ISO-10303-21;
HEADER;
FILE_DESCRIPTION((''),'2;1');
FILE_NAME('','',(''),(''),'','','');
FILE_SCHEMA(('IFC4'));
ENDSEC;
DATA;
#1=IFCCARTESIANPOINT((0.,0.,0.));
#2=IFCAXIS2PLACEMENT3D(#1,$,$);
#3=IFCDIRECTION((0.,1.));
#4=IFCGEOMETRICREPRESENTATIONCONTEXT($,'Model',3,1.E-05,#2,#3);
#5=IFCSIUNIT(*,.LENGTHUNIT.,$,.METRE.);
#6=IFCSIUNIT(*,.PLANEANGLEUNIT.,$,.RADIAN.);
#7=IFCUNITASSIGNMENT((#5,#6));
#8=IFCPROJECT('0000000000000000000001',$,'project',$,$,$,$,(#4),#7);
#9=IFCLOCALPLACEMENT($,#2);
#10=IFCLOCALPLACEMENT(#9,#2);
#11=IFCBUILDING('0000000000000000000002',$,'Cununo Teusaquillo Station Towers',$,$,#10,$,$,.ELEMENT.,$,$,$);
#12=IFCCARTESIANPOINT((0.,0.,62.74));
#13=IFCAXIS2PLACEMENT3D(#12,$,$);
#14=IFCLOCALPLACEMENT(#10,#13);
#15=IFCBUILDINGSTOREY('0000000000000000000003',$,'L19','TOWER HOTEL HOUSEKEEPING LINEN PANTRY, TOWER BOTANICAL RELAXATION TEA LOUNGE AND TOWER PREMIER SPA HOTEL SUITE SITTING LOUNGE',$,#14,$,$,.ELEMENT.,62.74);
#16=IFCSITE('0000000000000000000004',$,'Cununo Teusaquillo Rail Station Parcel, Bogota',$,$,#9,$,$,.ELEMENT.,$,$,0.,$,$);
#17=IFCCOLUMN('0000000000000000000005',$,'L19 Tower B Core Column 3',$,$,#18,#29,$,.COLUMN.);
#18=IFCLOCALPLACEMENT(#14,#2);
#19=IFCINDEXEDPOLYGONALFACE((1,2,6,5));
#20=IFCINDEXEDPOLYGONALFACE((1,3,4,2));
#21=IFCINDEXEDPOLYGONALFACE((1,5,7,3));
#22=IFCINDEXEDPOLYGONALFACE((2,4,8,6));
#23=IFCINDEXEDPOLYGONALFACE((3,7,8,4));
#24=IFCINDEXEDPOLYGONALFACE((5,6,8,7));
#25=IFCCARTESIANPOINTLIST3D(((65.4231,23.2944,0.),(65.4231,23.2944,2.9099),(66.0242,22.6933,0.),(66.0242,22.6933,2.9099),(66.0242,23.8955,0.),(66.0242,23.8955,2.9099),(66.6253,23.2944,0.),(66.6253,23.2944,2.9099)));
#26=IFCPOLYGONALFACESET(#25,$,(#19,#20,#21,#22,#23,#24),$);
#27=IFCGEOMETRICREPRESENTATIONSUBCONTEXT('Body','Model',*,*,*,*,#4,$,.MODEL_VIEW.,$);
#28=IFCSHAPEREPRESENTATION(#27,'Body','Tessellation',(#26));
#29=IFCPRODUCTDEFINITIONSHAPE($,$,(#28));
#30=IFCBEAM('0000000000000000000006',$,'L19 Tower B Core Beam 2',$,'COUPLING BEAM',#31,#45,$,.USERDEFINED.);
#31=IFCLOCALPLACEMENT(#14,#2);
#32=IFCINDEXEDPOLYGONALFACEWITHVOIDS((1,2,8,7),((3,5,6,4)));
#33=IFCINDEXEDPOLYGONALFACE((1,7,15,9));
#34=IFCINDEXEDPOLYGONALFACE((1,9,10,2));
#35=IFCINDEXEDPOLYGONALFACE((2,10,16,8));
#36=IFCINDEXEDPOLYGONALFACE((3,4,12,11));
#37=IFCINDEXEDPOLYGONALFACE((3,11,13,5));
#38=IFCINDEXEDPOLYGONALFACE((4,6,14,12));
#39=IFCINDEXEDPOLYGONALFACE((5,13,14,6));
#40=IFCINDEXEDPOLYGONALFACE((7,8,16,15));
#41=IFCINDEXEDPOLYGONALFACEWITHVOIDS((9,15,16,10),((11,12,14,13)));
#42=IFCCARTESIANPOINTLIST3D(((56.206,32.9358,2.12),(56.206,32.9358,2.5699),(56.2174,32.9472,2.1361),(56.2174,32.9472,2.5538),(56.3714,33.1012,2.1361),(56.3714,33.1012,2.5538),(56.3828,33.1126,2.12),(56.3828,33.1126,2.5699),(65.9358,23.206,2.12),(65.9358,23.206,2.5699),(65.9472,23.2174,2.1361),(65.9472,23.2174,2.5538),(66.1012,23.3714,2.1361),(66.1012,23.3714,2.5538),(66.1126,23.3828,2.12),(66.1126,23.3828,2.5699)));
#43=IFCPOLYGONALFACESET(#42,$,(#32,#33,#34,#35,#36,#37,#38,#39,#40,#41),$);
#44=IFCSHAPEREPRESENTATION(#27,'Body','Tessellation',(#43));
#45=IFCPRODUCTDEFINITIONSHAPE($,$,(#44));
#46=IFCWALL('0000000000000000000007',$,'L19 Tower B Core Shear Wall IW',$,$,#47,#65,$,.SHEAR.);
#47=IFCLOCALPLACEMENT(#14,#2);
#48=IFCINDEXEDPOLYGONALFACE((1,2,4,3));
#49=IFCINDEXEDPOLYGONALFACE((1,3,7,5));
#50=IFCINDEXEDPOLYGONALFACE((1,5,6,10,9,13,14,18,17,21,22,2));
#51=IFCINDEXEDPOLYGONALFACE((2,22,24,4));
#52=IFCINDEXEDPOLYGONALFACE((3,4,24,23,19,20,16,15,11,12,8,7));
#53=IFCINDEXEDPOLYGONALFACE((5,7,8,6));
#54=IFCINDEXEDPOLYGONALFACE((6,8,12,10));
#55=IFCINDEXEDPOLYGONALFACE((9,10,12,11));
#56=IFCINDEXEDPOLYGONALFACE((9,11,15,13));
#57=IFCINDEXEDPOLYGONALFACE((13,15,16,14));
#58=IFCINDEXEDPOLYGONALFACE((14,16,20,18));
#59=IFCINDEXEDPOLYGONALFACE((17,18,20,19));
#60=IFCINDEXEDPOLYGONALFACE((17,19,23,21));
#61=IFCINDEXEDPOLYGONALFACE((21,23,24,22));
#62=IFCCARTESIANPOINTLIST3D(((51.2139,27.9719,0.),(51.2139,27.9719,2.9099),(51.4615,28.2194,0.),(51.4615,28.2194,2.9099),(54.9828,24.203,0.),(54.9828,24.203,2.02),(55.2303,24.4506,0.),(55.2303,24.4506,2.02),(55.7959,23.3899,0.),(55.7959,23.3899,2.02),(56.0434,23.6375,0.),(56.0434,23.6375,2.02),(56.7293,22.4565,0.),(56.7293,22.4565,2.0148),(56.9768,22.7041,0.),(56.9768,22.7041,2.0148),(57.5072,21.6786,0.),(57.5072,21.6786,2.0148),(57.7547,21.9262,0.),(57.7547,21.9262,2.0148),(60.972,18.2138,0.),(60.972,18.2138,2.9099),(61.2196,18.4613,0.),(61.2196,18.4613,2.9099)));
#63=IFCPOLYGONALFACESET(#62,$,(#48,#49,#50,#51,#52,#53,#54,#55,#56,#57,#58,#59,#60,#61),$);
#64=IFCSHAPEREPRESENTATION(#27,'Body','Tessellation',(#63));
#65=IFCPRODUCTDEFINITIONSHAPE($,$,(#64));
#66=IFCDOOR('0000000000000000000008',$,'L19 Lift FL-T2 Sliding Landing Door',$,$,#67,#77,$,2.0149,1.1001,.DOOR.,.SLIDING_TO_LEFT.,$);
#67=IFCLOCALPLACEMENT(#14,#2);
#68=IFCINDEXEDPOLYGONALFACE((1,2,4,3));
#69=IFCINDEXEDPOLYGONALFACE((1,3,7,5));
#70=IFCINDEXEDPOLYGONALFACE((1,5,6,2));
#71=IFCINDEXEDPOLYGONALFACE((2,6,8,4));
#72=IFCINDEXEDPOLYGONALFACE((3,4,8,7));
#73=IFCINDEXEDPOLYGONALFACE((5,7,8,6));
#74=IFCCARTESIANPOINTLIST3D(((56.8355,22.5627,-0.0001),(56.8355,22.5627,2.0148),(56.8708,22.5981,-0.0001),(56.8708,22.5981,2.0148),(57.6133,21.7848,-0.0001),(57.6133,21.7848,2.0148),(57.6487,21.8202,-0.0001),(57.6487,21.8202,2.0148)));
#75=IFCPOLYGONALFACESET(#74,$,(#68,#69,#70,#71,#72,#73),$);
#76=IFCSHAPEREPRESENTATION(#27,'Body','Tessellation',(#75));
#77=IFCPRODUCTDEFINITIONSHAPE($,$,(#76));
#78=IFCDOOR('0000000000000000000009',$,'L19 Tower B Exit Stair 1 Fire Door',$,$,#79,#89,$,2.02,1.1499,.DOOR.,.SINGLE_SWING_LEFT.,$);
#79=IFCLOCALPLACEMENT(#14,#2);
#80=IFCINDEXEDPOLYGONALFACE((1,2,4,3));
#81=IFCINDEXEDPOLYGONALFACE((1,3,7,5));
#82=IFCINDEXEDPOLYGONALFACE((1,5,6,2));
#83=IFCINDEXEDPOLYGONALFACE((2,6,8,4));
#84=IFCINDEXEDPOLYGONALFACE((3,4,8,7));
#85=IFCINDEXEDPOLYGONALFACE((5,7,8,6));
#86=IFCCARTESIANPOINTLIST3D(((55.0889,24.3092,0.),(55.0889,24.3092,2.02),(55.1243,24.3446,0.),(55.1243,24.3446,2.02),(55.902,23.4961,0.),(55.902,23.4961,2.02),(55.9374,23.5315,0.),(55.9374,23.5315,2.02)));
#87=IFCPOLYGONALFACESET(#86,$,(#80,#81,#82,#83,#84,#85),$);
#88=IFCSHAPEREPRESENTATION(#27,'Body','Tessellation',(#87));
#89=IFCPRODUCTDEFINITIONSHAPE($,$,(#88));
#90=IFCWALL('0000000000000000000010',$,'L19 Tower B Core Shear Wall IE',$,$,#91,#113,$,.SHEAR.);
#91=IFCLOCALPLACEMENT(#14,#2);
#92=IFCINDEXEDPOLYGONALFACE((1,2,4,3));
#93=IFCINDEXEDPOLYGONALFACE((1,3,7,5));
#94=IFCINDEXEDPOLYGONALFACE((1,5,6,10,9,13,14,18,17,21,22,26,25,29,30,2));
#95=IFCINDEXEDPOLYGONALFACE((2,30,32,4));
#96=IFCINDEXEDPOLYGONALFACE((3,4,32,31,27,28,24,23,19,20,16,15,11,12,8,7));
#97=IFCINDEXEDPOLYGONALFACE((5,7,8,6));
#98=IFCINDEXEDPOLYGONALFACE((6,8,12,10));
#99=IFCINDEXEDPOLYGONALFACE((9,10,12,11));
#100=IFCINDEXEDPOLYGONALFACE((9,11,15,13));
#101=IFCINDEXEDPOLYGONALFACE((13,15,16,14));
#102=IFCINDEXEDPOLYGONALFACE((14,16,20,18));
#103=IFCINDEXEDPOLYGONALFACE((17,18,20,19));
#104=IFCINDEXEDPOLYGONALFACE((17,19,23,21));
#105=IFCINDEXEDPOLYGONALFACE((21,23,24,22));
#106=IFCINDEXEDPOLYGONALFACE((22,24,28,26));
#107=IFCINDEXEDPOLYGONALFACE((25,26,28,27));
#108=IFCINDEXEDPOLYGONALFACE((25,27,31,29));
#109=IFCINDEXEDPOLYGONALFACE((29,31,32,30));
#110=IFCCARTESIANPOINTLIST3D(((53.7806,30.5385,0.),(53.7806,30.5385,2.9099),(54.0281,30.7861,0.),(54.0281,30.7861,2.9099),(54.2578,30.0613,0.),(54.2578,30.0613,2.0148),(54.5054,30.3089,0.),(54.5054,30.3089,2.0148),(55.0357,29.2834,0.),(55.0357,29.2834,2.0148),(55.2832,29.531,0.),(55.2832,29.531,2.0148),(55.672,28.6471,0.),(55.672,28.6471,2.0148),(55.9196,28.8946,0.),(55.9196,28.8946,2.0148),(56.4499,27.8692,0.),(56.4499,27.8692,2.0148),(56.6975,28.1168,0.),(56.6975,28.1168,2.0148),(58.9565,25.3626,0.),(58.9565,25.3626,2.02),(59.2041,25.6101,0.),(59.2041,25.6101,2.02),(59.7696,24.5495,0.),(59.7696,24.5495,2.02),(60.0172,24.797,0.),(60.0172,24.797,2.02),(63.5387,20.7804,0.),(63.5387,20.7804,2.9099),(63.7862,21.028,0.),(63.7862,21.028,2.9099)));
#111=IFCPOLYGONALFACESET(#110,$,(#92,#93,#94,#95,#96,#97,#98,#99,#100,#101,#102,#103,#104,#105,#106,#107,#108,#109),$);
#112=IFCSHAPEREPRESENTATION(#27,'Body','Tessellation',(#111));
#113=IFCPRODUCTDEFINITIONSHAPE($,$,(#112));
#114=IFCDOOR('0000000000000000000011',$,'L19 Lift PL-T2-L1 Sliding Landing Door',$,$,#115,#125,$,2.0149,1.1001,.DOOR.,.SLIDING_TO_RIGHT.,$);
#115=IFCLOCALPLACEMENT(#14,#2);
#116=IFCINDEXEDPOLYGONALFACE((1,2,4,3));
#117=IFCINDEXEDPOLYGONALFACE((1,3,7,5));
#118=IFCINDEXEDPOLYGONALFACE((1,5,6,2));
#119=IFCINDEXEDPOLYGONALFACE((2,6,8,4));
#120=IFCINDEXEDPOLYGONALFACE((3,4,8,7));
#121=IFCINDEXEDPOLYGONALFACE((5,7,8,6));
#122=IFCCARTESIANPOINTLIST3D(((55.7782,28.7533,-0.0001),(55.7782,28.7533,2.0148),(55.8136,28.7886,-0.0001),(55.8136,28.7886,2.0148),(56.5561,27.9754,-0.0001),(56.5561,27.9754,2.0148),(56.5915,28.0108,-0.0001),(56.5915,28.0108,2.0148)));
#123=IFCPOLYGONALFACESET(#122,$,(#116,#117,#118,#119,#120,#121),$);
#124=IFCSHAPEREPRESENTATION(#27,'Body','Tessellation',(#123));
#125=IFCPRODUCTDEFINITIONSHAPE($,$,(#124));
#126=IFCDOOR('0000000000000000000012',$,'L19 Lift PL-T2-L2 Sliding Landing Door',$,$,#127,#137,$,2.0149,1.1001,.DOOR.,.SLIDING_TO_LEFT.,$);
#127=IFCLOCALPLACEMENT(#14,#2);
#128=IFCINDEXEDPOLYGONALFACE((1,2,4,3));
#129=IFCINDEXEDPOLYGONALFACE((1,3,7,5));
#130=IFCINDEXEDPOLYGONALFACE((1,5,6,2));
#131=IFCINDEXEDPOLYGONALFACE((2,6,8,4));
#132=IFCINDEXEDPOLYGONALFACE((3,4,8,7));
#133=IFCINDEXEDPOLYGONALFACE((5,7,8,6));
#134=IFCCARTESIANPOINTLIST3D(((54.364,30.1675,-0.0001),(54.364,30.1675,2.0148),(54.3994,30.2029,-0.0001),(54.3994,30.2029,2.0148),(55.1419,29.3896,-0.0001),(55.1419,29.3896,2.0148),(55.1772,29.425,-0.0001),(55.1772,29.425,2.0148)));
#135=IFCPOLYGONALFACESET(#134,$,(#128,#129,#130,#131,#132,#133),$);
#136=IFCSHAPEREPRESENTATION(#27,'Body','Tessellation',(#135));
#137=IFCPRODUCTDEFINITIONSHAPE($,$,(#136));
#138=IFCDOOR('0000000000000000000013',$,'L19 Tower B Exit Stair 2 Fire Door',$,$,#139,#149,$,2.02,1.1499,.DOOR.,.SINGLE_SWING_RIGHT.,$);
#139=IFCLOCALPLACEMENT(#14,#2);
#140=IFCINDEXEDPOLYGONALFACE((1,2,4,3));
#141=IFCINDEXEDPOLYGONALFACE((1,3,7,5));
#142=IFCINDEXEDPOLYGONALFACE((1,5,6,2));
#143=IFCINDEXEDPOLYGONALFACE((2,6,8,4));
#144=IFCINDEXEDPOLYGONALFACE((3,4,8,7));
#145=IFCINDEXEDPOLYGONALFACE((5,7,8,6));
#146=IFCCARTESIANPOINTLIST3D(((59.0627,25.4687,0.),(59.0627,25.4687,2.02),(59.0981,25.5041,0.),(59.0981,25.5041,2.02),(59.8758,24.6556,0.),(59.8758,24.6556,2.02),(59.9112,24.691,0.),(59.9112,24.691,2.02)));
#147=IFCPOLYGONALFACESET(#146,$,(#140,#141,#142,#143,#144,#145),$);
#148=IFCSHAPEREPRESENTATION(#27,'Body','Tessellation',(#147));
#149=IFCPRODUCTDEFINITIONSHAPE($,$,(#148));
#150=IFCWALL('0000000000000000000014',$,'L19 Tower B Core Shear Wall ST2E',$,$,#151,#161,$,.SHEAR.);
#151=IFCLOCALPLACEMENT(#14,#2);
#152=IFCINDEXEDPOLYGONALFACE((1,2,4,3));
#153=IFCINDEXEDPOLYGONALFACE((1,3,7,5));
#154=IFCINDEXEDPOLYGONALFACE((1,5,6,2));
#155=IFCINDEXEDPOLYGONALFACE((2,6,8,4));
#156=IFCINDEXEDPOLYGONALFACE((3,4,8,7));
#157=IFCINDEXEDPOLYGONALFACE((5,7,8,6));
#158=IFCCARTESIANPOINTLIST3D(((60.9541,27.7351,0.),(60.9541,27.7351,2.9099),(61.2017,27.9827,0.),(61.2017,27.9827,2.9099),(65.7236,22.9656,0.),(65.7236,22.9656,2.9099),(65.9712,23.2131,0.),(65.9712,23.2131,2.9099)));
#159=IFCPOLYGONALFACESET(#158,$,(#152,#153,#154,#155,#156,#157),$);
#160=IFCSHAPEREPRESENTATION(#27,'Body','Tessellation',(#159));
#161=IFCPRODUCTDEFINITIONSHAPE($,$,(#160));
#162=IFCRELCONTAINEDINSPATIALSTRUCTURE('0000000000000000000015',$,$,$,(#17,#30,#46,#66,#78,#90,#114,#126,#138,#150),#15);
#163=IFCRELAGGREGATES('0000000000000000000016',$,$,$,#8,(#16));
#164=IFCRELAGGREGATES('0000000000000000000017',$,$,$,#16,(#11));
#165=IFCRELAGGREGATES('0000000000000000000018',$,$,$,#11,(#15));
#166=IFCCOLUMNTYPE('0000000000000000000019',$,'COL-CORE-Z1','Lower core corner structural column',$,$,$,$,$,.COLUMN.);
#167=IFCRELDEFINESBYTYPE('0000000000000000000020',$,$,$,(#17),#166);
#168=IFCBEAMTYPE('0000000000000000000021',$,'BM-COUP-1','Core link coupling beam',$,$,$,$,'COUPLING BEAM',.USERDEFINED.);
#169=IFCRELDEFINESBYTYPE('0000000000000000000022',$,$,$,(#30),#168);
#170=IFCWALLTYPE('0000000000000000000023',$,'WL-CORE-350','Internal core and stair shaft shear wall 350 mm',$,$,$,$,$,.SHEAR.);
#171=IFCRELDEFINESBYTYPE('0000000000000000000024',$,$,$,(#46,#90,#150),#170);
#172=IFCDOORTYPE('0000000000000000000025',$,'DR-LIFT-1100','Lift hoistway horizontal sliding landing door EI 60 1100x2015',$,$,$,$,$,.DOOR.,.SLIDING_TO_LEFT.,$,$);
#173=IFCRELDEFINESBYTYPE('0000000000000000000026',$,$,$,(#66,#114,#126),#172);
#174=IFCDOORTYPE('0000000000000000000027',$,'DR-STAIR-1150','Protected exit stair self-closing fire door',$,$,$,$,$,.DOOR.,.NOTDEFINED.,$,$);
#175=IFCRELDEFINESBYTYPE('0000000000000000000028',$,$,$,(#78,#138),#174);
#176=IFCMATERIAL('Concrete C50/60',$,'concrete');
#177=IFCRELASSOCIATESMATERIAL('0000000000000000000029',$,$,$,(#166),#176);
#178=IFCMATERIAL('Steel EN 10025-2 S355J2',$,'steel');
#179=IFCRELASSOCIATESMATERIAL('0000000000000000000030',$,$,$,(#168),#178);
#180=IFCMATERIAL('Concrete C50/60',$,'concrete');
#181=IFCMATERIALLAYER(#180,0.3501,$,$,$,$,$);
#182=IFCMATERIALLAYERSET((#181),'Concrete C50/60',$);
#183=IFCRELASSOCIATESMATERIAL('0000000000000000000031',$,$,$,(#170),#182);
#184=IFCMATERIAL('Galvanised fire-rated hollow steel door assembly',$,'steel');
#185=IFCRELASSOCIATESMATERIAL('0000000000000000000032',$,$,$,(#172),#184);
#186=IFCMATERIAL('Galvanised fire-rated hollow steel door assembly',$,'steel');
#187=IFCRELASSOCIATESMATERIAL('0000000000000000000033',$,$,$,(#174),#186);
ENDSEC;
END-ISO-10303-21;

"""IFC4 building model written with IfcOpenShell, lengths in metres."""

from ifc_helpers import new_model, si_unit, direction, frame, frame_2d, origin, origin_2d, place, context, subcontext, project, spatial, rectangle, hollow_rectangle, extrude, source, transform, mapped, material, layer, layer_set, material_profile, profile_set, type_object, element, fill, save


model = new_model("IFC4")

# Units and contexts
model_context = context("Model", 3, precision=1e-05, world=origin(), true_north=direction((0.0, 1.0)))
body_context = subcontext(model_context, "Body", "Model", "MODEL_VIEW")
ifc_project = project(units=[si_unit("LENGTHUNIT", "METRE"), si_unit("PLANEANGLEUNIT", "RADIAN")], contexts=[model_context])

# Site, building, storey
site_placement = place(None, origin())
site = spatial("IfcSite", under=ifc_project, at=site_placement, Name="Cununo Teusaquillo Rail Station Parcel, Bogota", CompositionType="ELEMENT", RefElevation=0.0)
building_placement = place(site_placement, origin())
building = spatial("IfcBuilding", under=site, at=building_placement, Name="Cununo Teusaquillo Station Towers", CompositionType="ELEMENT")
storey_placement = place(building_placement, frame((0.0, 0.0, 62.74)))
storey = spatial("IfcBuildingStorey", under=building, at=storey_placement, Name="L19", Description="TOWER HOTEL HOUSEKEEPING LINEN PANTRY, TOWER BOTANICAL RELAXATION TEA LOUNGE AND TOWER PREMIER SPA HOTEL SUITE SITTING LOUNGE", CompositionType="ELEMENT", Elevation=62.74)

# Column
ifc_material_1 = material(Name="Concrete C50/60", Category="concrete")
ifc_material_profile_1 = material_profile(ifc_material_1, rectangle(XDim=0.8501, YDim=0.8501, at=origin_2d()), Name="RC-RECT-850x850")
ifc_profile_set_1 = profile_set([ifc_material_profile_1], Name="Concrete C50/60")
column_type = type_object("IfcColumnType", Name="COL-CORE-Z1", Description="Lower core corner structural column", PredefinedType="COLUMN", material=ifc_profile_set_1)
column_placement = place(storey_placement, frame((66.0242, 23.2944, 0.0), z_axis=(0.0, 0.0, 1.0), x_axis=(0.707107, 0.707107, 0.0)))
element("IfcColumn", 1, at=column_placement, inside=storey, type_object=column_type, Name="L19 Tower B Core Column 3", PredefinedType="COLUMN", context=body_context, shape_type="SweptSolid", body=[
    extrude(rectangle(XDim=0.8501, YDim=0.8501, at=origin_2d()), origin(), (0.0, 0.0, 1.0), 2.9099),
])

# Beam
ifc_material_2 = material(Name="Steel EN 10025-2 S355J2", Category="steel")
ifc_material_profile_2 = material_profile(ifc_material_2, hollow_rectangle(XDim=0.25, YDim=0.45, WallThickness=0.0161, at=origin_2d()), Name="RHS 450x250x16")
ifc_profile_set_2 = profile_set([ifc_material_profile_2], Name="Steel EN 10025-2 S355J2")
beam_type = type_object("IfcBeamType", Name="BM-COUP-1", Description="Core link coupling beam", ElementType="COUPLING BEAM", PredefinedType="USERDEFINED", material=ifc_profile_set_2)
beam_placement = place(storey_placement, frame((66.0242, 23.2944, 2.345), z_axis=(-0.707107, 0.707107, 0.0), x_axis=(-0.707107, -0.707107, 0.0)))
element("IfcBeam", 2, at=beam_placement, inside=storey, type_object=beam_type, Name="L19 Tower B Core Beam 2", ObjectType="COUPLING BEAM", PredefinedType="USERDEFINED", context=body_context, shape_type="SweptSolid", body=[
    extrude(hollow_rectangle(XDim=0.25, YDim=0.45, WallThickness=0.0161, at=origin_2d()), origin(), (0.0, 0.0, 1.0), 13.76),
])

# Walls, openings, doors
ifc_material_3 = material(Name="Concrete C50/60", Category="concrete")
ifc_layer_1 = layer(ifc_material_3, 0.3501)
ifc_layer_set_1 = layer_set([ifc_layer_1], Name="Concrete C50/60")
wall_type_1 = type_object("IfcWallType", Name="WL-CORE-350", Description="Internal core and stair shaft shear wall 350 mm", PredefinedType="SHEAR", material=ifc_layer_set_1)
wall_1_placement = place(storey_placement, frame((61.0957, 18.3376, 0.0), z_axis=(0.0, 0.0, 1.0), x_axis=(-0.707107, 0.707107, 0.0)))
wall_1 = element("IfcWall", 3, at=wall_1_placement, inside=storey, type_object=wall_type_1, Name="L19 Tower B Core Shear Wall IW", PredefinedType="SHEAR", context=body_context, shape_type="SweptSolid", body=[
    extrude(rectangle(XDim=13.8, YDim=0.3501, at=frame_2d((6.8999, 0.0))), origin(), (0.0, 0.0, 1.0), 2.9099),
])
shared_shape_1 = source(origin(), body_context, "Body", "SweptSolid", [
    extrude(rectangle(XDim=1.1001, YDim=2.0149, at=frame_2d((0.55, 1.0073))), frame((0.0, 0.1851, 0.0), z_axis=(0.0, -1.0, 0.0), x_axis=(1.0, 0.0, 0.0)), (0.0, 0.0, 1.0), 0.3701),
])
opening_1_placement = place(wall_1_placement, frame((4.8999, 0.0, 0.0)))
opening_1 = element("IfcOpeningElement", 4, at=opening_1_placement, cuts=wall_1, PredefinedType="OPENING", context=body_context, shape_type="MappedRepresentation", body=[
    mapped(shared_shape_1, transform((0.0, 0.0, 0.0), x_axis=(1.0, 0.0, 0.0), y_axis=(0.0, 1.0, 0.0), z_axis=(0.0, 0.0, 1.0), scale=1.0)),
])
shared_shape_2 = source(origin(), body_context, "Body", "SweptSolid", [
    extrude(rectangle(XDim=1.1499, YDim=2.02, at=frame_2d((0.575, 1.01))), frame((0.0, 0.1851, 0.0), z_axis=(0.0, -1.0, 0.0), x_axis=(1.0, 0.0, 0.0)), (0.0, 0.0, 1.0), 0.3701),
])
opening_2_placement = place(wall_1_placement, frame((7.3201, 0.0, 0.0)))
opening_2 = element("IfcOpeningElement", 5, at=opening_2_placement, cuts=wall_1, PredefinedType="OPENING", context=body_context, shape_type="MappedRepresentation", body=[
    mapped(shared_shape_2, transform((0.0, 0.0, 0.0), x_axis=(1.0, 0.0, 0.0), y_axis=(0.0, 1.0, 0.0), z_axis=(0.0, 0.0, 1.0), scale=1.0)),
])
ifc_material_4 = material(Name="Galvanised fire-rated hollow steel door assembly", Category="steel")
door_type_1 = type_object("IfcDoorType", Name="DR-LIFT-1100", Description="Lift hoistway horizontal sliding landing door EI 60 1100x2015", OperationType="SLIDING_TO_LEFT", PredefinedType="DOOR", material=ifc_material_4)
shared_shape_3 = source(origin(), body_context, "Body", "SweptSolid", [
    extrude(rectangle(XDim=1.1001, YDim=2.0149, at=frame_2d((0.55, 1.0073))), frame((0.0, 0.0249, 0.0), z_axis=(0.0, -1.0, 0.0), x_axis=(1.0, 0.0, 0.0)), (0.0, 0.0, 1.0), 0.05),
])
door_1_placement = place(opening_1_placement, origin())
door_1 = element("IfcDoor", 6, at=door_1_placement, inside=storey, type_object=door_type_1, Name="L19 Lift FL-T2 Sliding Landing Door", OperationType="SLIDING_TO_LEFT", OverallHeight=2.0149, OverallWidth=1.1001, PredefinedType="DOOR", context=body_context, shape_type="MappedRepresentation", body=[
    mapped(shared_shape_3, transform((0.0, 0.0, 0.0), x_axis=(1.0, 0.0, 0.0), y_axis=(0.0, 1.0, 0.0), z_axis=(0.0, 0.0, 1.0), scale=1.0)),
])
fill(opening_1, door_1)
ifc_material_5 = material(Name="Galvanised fire-rated hollow steel door assembly", Category="steel")
door_type_2 = type_object("IfcDoorType", Name="DR-STAIR-1150", Description="Protected exit stair self-closing fire door", OperationType="NOTDEFINED", PredefinedType="DOOR", material=ifc_material_5)
shared_shape_4 = source(origin(), body_context, "Body", "SweptSolid", [
    extrude(rectangle(XDim=1.1499, YDim=2.02, at=frame_2d((0.575, 1.01))), frame((0.0, 0.0249, 0.0), z_axis=(0.0, -1.0, 0.0), x_axis=(1.0, 0.0, 0.0)), (0.0, 0.0, 1.0), 0.05),
])
door_2_placement = place(opening_2_placement, origin())
door_2 = element("IfcDoor", 7, at=door_2_placement, inside=storey, type_object=door_type_2, Name="L19 Tower B Exit Stair 1 Fire Door", OperationType="SINGLE_SWING_LEFT", OverallHeight=2.02, OverallWidth=1.1499, PredefinedType="DOOR", context=body_context, shape_type="MappedRepresentation", body=[
    mapped(shared_shape_4, transform((0.0, 0.0, 0.0), x_axis=(1.0, 0.0, 0.0), y_axis=(0.0, 1.0, 0.0), z_axis=(0.0, 0.0, 1.0), scale=1.0)),
])
fill(opening_2, door_2)
wall_2_placement = place(storey_placement, frame((63.6624, 20.9043, 0.0), z_axis=(0.0, 0.0, 1.0), x_axis=(-0.707107, 0.707107, 0.0)))
wall_2 = element("IfcWall", 8, at=wall_2_placement, inside=storey, type_object=wall_type_1, Name="L19 Tower B Core Shear Wall IE", PredefinedType="SHEAR", context=body_context, shape_type="SweptSolid", body=[
    extrude(rectangle(XDim=13.8, YDim=0.3501, at=frame_2d((6.8999, 0.0))), origin(), (0.0, 0.0, 1.0), 2.9099),
])
opening_3_placement = place(wall_2_placement, frame((10.0249, 0.0, 0.0)))
opening_3 = element("IfcOpeningElement", 9, at=opening_3_placement, cuts=wall_2, PredefinedType="OPENING", context=body_context, shape_type="MappedRepresentation", body=[
    mapped(shared_shape_1, transform((0.0, 0.0, 0.0), x_axis=(1.0, 0.0, 0.0), y_axis=(0.0, 1.0, 0.0), z_axis=(0.0, 0.0, 1.0), scale=1.0)),
])
opening_4_placement = place(wall_2_placement, frame((12.0249, 0.0, 0.0)))
opening_4 = element("IfcOpeningElement", 10, at=opening_4_placement, cuts=wall_2, PredefinedType="OPENING", context=body_context, shape_type="MappedRepresentation", body=[
    mapped(shared_shape_1, transform((0.0, 0.0, 0.0), x_axis=(1.0, 0.0, 0.0), y_axis=(0.0, 1.0, 0.0), z_axis=(0.0, 0.0, 1.0), scale=1.0)),
])
opening_5_placement = place(wall_2_placement, frame((5.3301, 0.0, 0.0)))
opening_5 = element("IfcOpeningElement", 11, at=opening_5_placement, cuts=wall_2, PredefinedType="OPENING", context=body_context, shape_type="MappedRepresentation", body=[
    mapped(shared_shape_2, transform((0.0, 0.0, 0.0), x_axis=(1.0, 0.0, 0.0), y_axis=(0.0, 1.0, 0.0), z_axis=(0.0, 0.0, 1.0), scale=1.0)),
])
door_3_placement = place(opening_3_placement, origin())
door_3 = element("IfcDoor", 12, at=door_3_placement, inside=storey, type_object=door_type_1, Name="L19 Lift PL-T2-L1 Sliding Landing Door", OperationType="SLIDING_TO_RIGHT", OverallHeight=2.0149, OverallWidth=1.1001, PredefinedType="DOOR", context=body_context, shape_type="MappedRepresentation", body=[
    mapped(shared_shape_3, transform((0.0, 0.0, 0.0), x_axis=(1.0, 0.0, 0.0), y_axis=(0.0, 1.0, 0.0), z_axis=(0.0, 0.0, 1.0), scale=1.0)),
])
fill(opening_3, door_3)
door_4_placement = place(opening_4_placement, origin())
door_4 = element("IfcDoor", 13, at=door_4_placement, inside=storey, type_object=door_type_1, Name="L19 Lift PL-T2-L2 Sliding Landing Door", OperationType="SLIDING_TO_LEFT", OverallHeight=2.0149, OverallWidth=1.1001, PredefinedType="DOOR", context=body_context, shape_type="MappedRepresentation", body=[
    mapped(shared_shape_3, transform((0.0, 0.0, 0.0), x_axis=(1.0, 0.0, 0.0), y_axis=(0.0, 1.0, 0.0), z_axis=(0.0, 0.0, 1.0), scale=1.0)),
])
fill(opening_4, door_4)
door_5_placement = place(opening_5_placement, origin())
door_5 = element("IfcDoor", 14, at=door_5_placement, inside=storey, type_object=door_type_2, Name="L19 Tower B Exit Stair 2 Fire Door", OperationType="SINGLE_SWING_RIGHT", OverallHeight=2.02, OverallWidth=1.1499, PredefinedType="DOOR", context=body_context, shape_type="MappedRepresentation", body=[
    mapped(shared_shape_4, transform((0.0, 0.0, 0.0), x_axis=(1.0, 0.0, 0.0), y_axis=(0.0, 1.0, 0.0), z_axis=(0.0, 0.0, 1.0), scale=1.0)),
])
fill(opening_5, door_5)

# Wall
wall_3_placement = place(storey_placement, frame((65.8474, 23.0894, 0.0), z_axis=(0.0, 0.0, 1.0), x_axis=(-0.707107, 0.707107, 0.0)))
element("IfcWall", 15, at=wall_3_placement, inside=storey, type_object=wall_type_1, Name="L19 Tower B Core Shear Wall ST2E", PredefinedType="SHEAR", context=body_context, shape_type="SweptSolid", body=[
    extrude(rectangle(XDim=6.7451, YDim=0.3501, at=frame_2d((3.3726, 0.0))), origin(), (0.0, 0.0, 1.0), 2.9099),
])

save(model, "model.ifc")
